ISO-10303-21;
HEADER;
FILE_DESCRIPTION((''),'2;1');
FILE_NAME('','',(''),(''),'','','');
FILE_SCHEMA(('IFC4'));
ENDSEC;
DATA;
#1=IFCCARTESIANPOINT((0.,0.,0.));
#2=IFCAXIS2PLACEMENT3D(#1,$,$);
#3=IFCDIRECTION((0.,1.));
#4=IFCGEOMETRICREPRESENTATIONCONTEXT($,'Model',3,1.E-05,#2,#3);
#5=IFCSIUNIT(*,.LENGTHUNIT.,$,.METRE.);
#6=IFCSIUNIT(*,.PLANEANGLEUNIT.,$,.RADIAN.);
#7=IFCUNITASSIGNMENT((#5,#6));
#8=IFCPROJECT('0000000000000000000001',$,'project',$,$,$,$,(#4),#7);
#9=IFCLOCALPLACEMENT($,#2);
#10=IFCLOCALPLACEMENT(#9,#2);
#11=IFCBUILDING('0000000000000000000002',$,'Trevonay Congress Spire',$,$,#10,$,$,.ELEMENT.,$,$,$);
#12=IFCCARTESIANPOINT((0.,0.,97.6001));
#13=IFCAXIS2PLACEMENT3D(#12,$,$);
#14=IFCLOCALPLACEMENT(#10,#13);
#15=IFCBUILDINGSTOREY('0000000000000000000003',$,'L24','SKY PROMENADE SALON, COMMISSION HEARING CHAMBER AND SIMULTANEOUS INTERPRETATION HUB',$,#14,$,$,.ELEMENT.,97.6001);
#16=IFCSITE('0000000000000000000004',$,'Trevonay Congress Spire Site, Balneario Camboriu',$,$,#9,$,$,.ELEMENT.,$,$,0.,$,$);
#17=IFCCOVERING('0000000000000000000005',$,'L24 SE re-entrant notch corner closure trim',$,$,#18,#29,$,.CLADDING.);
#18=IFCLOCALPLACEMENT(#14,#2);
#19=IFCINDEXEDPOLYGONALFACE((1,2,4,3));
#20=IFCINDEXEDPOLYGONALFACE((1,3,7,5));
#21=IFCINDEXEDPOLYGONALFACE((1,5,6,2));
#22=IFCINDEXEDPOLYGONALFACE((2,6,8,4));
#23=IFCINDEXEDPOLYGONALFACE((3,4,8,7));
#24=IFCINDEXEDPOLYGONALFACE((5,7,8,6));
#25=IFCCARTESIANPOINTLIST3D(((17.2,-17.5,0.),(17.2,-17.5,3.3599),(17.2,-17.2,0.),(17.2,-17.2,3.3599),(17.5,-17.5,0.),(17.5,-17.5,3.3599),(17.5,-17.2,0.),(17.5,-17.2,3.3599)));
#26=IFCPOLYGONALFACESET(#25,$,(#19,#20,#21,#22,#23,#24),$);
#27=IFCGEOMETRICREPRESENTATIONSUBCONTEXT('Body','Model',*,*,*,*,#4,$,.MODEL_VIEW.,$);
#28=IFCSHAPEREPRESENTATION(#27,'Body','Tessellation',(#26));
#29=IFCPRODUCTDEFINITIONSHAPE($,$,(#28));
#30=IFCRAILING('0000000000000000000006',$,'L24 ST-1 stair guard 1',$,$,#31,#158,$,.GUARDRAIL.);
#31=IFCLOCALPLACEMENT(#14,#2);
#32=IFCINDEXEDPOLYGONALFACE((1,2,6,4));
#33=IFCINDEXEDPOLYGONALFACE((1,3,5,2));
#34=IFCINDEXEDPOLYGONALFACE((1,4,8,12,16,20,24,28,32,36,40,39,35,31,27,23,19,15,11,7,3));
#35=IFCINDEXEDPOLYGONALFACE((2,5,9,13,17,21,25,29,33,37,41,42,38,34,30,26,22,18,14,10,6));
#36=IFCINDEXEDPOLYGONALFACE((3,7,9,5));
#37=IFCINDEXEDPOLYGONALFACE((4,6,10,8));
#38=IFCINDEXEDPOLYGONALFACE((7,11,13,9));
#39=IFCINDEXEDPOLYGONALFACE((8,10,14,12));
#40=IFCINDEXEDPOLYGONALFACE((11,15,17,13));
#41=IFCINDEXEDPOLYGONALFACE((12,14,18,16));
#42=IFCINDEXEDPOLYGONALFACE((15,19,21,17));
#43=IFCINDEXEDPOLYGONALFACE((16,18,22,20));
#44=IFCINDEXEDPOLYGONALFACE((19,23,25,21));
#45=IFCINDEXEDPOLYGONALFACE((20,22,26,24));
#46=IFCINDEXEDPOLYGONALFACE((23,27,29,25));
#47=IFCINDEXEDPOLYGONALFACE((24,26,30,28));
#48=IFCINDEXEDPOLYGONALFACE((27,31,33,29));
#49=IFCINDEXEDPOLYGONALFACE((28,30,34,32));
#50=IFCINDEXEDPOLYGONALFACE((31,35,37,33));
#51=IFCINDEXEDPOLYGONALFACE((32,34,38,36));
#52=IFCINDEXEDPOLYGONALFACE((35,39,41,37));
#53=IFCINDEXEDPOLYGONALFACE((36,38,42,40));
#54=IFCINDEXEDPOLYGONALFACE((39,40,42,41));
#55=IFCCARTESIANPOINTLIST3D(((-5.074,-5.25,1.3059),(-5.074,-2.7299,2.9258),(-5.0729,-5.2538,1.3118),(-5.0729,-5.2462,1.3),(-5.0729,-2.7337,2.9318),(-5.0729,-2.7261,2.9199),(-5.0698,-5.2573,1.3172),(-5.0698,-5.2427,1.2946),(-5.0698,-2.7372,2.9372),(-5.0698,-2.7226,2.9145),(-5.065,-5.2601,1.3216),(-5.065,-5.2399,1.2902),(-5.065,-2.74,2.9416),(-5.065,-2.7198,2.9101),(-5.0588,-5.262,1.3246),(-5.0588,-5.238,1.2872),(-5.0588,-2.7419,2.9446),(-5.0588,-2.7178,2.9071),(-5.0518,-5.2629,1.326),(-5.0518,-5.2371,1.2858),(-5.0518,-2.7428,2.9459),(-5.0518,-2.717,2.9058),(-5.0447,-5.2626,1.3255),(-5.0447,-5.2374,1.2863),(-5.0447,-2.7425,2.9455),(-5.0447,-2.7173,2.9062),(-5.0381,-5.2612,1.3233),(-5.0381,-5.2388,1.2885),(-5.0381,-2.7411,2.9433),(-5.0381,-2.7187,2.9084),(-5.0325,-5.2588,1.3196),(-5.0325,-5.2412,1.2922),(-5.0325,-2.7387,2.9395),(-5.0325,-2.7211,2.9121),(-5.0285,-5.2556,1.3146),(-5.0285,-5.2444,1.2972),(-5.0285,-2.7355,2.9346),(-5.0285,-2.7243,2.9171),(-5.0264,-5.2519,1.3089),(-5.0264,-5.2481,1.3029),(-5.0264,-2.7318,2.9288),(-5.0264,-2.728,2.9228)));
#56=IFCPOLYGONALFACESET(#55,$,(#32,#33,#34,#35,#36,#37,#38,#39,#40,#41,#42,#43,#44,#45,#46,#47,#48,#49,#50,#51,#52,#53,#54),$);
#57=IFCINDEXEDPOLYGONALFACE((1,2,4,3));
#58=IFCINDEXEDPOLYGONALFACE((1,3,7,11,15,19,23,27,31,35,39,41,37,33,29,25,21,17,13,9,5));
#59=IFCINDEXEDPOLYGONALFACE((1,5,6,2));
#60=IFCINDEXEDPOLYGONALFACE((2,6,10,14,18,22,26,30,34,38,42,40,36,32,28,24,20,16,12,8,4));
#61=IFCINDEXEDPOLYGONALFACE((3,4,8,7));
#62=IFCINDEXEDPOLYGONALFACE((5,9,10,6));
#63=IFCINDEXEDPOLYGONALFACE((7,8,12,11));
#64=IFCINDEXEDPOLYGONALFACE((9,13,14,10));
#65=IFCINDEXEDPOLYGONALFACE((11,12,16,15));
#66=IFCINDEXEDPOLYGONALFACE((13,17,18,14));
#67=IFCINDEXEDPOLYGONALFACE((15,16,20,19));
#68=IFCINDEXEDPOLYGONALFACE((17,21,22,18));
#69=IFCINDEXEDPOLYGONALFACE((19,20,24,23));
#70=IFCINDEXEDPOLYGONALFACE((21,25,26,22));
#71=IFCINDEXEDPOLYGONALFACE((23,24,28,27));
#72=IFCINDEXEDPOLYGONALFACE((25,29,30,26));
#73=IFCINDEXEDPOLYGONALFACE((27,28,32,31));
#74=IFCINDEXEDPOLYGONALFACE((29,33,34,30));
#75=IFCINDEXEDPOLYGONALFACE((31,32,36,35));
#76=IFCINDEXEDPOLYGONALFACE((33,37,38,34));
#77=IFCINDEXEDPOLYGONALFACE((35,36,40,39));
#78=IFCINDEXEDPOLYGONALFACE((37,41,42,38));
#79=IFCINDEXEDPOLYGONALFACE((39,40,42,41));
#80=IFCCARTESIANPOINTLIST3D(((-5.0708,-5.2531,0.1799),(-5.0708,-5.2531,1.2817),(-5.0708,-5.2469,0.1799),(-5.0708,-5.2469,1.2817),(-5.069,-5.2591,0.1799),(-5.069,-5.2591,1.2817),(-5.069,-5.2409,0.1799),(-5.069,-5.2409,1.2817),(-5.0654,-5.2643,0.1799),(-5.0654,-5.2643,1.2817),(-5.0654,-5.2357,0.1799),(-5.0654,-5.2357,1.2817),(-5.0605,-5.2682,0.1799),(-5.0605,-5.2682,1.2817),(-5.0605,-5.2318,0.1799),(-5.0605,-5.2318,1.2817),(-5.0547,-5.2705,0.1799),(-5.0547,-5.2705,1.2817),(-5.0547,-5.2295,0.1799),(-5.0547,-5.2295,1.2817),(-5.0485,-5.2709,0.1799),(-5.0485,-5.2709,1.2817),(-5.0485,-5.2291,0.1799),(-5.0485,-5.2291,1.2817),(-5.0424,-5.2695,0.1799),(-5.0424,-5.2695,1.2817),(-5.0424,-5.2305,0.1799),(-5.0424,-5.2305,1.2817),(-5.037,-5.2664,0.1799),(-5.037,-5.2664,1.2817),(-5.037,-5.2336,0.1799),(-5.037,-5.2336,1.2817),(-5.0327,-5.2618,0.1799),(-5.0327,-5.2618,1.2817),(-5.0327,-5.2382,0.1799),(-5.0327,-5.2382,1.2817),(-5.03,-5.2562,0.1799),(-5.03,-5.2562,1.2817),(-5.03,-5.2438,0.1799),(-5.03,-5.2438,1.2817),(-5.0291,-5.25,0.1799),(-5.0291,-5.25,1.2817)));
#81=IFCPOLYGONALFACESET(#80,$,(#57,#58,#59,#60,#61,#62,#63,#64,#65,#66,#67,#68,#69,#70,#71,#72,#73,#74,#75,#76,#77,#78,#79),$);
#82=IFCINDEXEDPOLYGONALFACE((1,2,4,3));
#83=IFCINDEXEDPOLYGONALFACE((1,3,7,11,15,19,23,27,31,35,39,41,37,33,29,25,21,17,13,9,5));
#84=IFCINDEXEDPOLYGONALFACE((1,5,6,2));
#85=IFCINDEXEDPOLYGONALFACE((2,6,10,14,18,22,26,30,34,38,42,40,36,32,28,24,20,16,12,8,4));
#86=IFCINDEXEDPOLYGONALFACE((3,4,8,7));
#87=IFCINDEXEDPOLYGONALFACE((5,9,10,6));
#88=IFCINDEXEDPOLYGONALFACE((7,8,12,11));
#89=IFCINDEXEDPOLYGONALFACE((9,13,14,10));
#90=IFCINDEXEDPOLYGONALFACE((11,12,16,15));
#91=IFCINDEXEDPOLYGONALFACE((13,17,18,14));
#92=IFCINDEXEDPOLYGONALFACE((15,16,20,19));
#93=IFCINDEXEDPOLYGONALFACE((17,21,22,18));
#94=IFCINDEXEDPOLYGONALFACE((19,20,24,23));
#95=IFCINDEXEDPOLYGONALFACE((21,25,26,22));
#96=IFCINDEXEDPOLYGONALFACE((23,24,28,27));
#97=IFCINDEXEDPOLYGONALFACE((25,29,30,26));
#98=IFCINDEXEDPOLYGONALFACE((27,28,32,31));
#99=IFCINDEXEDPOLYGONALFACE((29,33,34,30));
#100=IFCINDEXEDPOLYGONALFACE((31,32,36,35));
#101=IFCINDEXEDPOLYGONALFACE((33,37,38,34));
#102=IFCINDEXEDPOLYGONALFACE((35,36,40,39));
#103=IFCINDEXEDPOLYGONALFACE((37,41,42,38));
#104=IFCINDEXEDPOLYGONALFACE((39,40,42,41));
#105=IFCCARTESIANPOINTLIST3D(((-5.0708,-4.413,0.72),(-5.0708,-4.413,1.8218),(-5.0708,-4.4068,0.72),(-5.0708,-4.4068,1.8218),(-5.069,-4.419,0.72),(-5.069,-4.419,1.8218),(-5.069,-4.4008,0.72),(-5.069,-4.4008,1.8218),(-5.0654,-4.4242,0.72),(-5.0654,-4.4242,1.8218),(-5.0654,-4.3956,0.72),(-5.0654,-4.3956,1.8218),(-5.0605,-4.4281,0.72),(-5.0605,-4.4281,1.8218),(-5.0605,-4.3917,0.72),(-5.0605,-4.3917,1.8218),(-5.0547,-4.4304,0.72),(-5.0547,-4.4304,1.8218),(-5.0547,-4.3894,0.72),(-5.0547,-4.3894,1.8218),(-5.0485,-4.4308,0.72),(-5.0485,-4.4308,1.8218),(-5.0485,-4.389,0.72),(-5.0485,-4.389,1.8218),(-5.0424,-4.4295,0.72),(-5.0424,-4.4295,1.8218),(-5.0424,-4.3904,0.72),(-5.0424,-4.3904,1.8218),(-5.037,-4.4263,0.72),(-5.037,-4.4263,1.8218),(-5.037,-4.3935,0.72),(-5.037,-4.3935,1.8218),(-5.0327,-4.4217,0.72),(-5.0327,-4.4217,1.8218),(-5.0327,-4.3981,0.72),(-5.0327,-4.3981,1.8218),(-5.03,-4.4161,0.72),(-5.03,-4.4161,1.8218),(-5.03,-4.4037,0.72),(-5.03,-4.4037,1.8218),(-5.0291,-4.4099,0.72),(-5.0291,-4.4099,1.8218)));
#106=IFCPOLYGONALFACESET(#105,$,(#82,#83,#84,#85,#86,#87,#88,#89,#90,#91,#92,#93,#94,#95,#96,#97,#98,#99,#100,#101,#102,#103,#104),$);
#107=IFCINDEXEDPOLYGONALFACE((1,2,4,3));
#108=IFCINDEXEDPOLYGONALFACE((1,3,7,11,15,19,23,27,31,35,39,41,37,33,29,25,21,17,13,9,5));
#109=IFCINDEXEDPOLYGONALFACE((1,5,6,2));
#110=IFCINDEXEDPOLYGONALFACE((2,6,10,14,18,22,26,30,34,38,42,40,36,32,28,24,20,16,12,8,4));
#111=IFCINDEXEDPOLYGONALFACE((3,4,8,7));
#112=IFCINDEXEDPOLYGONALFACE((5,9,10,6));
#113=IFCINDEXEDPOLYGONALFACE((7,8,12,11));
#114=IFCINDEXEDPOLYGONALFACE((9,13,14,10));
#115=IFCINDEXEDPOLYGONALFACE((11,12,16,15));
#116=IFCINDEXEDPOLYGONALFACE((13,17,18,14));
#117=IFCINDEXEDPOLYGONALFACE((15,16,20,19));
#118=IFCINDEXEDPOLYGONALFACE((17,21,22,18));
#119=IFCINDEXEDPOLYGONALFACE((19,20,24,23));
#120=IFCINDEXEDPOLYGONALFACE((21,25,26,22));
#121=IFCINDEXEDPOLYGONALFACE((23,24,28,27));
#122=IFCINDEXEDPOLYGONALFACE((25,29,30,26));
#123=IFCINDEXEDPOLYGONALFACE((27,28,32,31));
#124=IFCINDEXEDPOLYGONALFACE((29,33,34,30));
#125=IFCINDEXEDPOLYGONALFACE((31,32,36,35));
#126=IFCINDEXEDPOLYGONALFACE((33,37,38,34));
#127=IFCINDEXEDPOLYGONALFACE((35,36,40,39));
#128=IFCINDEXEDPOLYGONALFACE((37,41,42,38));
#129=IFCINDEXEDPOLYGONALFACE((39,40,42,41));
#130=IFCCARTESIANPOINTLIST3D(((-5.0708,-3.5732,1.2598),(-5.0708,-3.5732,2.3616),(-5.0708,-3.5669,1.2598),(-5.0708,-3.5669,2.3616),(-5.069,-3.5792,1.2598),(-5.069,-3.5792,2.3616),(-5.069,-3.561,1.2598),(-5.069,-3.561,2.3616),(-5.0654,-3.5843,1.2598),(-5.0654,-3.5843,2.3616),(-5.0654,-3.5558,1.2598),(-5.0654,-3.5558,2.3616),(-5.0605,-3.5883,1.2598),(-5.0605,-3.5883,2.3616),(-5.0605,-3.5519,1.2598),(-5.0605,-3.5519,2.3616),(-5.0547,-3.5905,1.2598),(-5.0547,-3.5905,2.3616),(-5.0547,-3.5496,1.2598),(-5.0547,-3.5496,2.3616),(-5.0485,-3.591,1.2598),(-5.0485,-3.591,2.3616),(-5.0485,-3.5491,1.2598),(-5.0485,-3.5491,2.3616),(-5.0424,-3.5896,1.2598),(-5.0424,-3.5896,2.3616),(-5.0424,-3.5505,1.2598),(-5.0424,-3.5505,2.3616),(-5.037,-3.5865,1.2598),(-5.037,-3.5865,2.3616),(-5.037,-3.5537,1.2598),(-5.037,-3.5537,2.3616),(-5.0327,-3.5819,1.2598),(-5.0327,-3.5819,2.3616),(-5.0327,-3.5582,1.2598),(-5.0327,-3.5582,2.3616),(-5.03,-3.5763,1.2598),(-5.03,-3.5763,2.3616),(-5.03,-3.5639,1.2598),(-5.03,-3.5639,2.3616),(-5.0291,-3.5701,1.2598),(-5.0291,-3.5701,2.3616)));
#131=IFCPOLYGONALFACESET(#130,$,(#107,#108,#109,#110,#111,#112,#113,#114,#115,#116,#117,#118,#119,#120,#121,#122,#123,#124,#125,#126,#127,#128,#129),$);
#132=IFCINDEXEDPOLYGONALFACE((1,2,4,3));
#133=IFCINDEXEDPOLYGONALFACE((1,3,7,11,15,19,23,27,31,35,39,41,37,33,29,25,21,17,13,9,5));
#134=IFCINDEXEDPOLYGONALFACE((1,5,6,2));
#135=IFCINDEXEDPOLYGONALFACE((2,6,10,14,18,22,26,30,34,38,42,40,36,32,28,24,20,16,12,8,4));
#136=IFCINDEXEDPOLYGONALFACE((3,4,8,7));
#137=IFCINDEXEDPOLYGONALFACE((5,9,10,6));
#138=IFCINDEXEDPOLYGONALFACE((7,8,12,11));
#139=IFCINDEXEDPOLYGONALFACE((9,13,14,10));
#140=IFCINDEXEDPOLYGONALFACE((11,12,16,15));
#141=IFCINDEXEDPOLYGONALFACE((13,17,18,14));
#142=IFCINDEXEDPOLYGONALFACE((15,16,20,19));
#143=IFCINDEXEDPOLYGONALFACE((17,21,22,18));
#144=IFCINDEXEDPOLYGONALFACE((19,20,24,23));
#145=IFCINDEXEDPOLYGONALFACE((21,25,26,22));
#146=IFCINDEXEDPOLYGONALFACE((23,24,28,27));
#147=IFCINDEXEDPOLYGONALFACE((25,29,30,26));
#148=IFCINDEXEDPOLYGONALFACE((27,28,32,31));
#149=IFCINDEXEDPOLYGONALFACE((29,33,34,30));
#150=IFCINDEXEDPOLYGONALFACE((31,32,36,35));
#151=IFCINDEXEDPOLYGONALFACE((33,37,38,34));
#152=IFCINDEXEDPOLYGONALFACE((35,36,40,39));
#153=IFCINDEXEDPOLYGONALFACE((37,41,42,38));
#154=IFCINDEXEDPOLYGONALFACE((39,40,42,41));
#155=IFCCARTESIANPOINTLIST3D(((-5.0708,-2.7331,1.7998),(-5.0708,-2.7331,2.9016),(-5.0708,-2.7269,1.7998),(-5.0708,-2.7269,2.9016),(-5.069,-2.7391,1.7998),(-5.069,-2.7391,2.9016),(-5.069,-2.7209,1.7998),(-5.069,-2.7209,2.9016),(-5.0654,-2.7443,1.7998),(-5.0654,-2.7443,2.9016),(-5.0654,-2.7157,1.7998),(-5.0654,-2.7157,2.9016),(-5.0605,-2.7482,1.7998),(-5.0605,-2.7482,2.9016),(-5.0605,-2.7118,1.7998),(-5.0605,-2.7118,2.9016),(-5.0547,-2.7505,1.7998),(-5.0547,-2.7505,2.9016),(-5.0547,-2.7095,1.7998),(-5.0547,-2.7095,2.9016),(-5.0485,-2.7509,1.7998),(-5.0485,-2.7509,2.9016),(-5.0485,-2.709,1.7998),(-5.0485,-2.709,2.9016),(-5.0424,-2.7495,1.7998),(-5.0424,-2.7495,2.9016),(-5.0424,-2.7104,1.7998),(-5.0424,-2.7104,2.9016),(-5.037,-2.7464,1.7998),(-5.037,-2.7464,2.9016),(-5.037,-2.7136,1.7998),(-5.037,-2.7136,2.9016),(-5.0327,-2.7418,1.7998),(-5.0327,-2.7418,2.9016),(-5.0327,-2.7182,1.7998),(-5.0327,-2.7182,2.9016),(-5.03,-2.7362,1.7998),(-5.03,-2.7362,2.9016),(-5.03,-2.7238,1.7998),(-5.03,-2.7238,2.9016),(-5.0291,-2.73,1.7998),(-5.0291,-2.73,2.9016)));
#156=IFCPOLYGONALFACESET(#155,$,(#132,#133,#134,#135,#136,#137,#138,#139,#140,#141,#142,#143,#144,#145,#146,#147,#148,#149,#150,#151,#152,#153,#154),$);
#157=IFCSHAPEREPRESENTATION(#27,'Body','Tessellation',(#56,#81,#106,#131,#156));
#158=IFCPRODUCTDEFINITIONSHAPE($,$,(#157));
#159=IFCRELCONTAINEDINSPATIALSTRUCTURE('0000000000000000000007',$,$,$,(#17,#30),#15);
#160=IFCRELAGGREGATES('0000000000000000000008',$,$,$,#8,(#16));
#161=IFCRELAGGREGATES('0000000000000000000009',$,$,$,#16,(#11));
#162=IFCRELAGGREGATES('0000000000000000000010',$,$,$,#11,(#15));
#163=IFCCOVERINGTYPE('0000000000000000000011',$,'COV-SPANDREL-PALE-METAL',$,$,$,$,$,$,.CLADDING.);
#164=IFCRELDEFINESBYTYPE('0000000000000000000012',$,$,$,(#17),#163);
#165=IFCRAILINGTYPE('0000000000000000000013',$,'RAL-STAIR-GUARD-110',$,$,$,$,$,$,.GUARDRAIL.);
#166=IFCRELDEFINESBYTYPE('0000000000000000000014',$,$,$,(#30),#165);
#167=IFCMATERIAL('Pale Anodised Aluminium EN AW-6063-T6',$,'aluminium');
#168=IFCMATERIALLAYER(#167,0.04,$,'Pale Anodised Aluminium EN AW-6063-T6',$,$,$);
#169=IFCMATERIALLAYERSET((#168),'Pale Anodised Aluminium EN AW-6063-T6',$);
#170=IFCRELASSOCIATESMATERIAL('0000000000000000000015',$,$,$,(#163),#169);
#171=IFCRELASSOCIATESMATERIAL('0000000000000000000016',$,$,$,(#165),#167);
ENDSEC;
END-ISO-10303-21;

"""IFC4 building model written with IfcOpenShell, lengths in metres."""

from ifc_helpers import new_model, si_unit, direction, frame, origin, origin_2d, place, context, subcontext, project, spatial, polyline, circle, outline, extrude, material, layer, layer_set, type_object, element, save


model = new_model("IFC4")

# Units and contexts
model_context = context("Model", 3, precision=1e-05, world=origin(), true_north=direction((0.0, 1.0)))
body_context = subcontext(model_context, "Body", "Model", "MODEL_VIEW")
ifc_project = project(units=[si_unit("LENGTHUNIT", "METRE"), si_unit("PLANEANGLEUNIT", "RADIAN")], contexts=[model_context])

# Site, building, storey
site_placement = place(None, origin())
site = spatial("IfcSite", under=ifc_project, at=site_placement, Name="Trevonay Congress Spire Site, Balneario Camboriu", CompositionType="ELEMENT", RefElevation=0.0)
building_placement = place(site_placement, origin())
building = spatial("IfcBuilding", under=site, at=building_placement, Name="Trevonay Congress Spire", CompositionType="ELEMENT")
storey_placement = place(building_placement, frame((0.0, 0.0, 97.6001)))
storey = spatial("IfcBuildingStorey", under=building, at=storey_placement, Name="L24", Description="SKY PROMENADE SALON, COMMISSION HEARING CHAMBER AND SIMULTANEOUS INTERPRETATION HUB", CompositionType="ELEMENT", Elevation=97.6001)

# Covering
ifc_material_1 = material(Name="Pale Anodised Aluminium EN AW-6063-T6", Category="aluminium")
ifc_layer_1 = layer(ifc_material_1, 0.04, Name="Pale Anodised Aluminium EN AW-6063-T6")
ifc_layer_set_1 = layer_set([ifc_layer_1], Name="Pale Anodised Aluminium EN AW-6063-T6")
covering_type = type_object("IfcCoveringType", Name="COV-SPANDREL-PALE-METAL", PredefinedType="CLADDING", material=ifc_layer_set_1)
covering_1_placement = place(storey_placement, origin())
element("IfcCovering", 1, at=covering_1_placement, inside=storey, type_object=covering_type, Name="L24 SE re-entrant notch corner closure trim", PredefinedType="CLADDING", context=body_context, shape_type="SweptSolid", body=[
    extrude(outline(polyline([(17.2, -17.5), (17.5, -17.5), (17.5, -17.2), (17.2, -17.2), (17.2, -17.5)])), origin(), (0.0, 0.0, 1.0), 3.3599),
])

# Railing
railing_type_1 = type_object("IfcRailingType", Name="RAL-STAIR-GUARD-110", PredefinedType="GUARDRAIL", material=ifc_material_1)
railing_1_placement = place(storey_placement, frame((-5.05, -5.25, 0.1799)))
element("IfcRailing", 2, at=railing_1_placement, inside=storey, type_object=railing_type_1, Name="L24 ST-1 stair guard 1", PredefinedType="GUARDRAIL", context=body_context, shape_type="SweptSolid", body=[
    extrude(circle(Radius=0.0239, at=origin_2d()), frame((0.0, 0.0, 1.126), z_axis=(0.0, 0.8412, 0.540725), x_axis=(-1.0, 0.0, 0.0)), (0.0, 0.0, 1.0), 2.9958),
    extrude(circle(Radius=0.021, at=origin_2d()), origin(), (0.0, 0.0, 1.0), 1.1018),
    extrude(circle(Radius=0.021, at=origin_2d()), frame((0.0, 0.8401, 0.54)), (0.0, 0.0, 1.0), 1.1018),
    extrude(circle(Radius=0.021, at=origin_2d()), frame((0.0, 1.6799, 1.0798)), (0.0, 0.0, 1.0), 1.1018),
    extrude(circle(Radius=0.021, at=origin_2d()), frame((0.0, 2.52, 1.6199)), (0.0, 0.0, 1.0), 1.1018),
])

save(model, "model.ifc")
